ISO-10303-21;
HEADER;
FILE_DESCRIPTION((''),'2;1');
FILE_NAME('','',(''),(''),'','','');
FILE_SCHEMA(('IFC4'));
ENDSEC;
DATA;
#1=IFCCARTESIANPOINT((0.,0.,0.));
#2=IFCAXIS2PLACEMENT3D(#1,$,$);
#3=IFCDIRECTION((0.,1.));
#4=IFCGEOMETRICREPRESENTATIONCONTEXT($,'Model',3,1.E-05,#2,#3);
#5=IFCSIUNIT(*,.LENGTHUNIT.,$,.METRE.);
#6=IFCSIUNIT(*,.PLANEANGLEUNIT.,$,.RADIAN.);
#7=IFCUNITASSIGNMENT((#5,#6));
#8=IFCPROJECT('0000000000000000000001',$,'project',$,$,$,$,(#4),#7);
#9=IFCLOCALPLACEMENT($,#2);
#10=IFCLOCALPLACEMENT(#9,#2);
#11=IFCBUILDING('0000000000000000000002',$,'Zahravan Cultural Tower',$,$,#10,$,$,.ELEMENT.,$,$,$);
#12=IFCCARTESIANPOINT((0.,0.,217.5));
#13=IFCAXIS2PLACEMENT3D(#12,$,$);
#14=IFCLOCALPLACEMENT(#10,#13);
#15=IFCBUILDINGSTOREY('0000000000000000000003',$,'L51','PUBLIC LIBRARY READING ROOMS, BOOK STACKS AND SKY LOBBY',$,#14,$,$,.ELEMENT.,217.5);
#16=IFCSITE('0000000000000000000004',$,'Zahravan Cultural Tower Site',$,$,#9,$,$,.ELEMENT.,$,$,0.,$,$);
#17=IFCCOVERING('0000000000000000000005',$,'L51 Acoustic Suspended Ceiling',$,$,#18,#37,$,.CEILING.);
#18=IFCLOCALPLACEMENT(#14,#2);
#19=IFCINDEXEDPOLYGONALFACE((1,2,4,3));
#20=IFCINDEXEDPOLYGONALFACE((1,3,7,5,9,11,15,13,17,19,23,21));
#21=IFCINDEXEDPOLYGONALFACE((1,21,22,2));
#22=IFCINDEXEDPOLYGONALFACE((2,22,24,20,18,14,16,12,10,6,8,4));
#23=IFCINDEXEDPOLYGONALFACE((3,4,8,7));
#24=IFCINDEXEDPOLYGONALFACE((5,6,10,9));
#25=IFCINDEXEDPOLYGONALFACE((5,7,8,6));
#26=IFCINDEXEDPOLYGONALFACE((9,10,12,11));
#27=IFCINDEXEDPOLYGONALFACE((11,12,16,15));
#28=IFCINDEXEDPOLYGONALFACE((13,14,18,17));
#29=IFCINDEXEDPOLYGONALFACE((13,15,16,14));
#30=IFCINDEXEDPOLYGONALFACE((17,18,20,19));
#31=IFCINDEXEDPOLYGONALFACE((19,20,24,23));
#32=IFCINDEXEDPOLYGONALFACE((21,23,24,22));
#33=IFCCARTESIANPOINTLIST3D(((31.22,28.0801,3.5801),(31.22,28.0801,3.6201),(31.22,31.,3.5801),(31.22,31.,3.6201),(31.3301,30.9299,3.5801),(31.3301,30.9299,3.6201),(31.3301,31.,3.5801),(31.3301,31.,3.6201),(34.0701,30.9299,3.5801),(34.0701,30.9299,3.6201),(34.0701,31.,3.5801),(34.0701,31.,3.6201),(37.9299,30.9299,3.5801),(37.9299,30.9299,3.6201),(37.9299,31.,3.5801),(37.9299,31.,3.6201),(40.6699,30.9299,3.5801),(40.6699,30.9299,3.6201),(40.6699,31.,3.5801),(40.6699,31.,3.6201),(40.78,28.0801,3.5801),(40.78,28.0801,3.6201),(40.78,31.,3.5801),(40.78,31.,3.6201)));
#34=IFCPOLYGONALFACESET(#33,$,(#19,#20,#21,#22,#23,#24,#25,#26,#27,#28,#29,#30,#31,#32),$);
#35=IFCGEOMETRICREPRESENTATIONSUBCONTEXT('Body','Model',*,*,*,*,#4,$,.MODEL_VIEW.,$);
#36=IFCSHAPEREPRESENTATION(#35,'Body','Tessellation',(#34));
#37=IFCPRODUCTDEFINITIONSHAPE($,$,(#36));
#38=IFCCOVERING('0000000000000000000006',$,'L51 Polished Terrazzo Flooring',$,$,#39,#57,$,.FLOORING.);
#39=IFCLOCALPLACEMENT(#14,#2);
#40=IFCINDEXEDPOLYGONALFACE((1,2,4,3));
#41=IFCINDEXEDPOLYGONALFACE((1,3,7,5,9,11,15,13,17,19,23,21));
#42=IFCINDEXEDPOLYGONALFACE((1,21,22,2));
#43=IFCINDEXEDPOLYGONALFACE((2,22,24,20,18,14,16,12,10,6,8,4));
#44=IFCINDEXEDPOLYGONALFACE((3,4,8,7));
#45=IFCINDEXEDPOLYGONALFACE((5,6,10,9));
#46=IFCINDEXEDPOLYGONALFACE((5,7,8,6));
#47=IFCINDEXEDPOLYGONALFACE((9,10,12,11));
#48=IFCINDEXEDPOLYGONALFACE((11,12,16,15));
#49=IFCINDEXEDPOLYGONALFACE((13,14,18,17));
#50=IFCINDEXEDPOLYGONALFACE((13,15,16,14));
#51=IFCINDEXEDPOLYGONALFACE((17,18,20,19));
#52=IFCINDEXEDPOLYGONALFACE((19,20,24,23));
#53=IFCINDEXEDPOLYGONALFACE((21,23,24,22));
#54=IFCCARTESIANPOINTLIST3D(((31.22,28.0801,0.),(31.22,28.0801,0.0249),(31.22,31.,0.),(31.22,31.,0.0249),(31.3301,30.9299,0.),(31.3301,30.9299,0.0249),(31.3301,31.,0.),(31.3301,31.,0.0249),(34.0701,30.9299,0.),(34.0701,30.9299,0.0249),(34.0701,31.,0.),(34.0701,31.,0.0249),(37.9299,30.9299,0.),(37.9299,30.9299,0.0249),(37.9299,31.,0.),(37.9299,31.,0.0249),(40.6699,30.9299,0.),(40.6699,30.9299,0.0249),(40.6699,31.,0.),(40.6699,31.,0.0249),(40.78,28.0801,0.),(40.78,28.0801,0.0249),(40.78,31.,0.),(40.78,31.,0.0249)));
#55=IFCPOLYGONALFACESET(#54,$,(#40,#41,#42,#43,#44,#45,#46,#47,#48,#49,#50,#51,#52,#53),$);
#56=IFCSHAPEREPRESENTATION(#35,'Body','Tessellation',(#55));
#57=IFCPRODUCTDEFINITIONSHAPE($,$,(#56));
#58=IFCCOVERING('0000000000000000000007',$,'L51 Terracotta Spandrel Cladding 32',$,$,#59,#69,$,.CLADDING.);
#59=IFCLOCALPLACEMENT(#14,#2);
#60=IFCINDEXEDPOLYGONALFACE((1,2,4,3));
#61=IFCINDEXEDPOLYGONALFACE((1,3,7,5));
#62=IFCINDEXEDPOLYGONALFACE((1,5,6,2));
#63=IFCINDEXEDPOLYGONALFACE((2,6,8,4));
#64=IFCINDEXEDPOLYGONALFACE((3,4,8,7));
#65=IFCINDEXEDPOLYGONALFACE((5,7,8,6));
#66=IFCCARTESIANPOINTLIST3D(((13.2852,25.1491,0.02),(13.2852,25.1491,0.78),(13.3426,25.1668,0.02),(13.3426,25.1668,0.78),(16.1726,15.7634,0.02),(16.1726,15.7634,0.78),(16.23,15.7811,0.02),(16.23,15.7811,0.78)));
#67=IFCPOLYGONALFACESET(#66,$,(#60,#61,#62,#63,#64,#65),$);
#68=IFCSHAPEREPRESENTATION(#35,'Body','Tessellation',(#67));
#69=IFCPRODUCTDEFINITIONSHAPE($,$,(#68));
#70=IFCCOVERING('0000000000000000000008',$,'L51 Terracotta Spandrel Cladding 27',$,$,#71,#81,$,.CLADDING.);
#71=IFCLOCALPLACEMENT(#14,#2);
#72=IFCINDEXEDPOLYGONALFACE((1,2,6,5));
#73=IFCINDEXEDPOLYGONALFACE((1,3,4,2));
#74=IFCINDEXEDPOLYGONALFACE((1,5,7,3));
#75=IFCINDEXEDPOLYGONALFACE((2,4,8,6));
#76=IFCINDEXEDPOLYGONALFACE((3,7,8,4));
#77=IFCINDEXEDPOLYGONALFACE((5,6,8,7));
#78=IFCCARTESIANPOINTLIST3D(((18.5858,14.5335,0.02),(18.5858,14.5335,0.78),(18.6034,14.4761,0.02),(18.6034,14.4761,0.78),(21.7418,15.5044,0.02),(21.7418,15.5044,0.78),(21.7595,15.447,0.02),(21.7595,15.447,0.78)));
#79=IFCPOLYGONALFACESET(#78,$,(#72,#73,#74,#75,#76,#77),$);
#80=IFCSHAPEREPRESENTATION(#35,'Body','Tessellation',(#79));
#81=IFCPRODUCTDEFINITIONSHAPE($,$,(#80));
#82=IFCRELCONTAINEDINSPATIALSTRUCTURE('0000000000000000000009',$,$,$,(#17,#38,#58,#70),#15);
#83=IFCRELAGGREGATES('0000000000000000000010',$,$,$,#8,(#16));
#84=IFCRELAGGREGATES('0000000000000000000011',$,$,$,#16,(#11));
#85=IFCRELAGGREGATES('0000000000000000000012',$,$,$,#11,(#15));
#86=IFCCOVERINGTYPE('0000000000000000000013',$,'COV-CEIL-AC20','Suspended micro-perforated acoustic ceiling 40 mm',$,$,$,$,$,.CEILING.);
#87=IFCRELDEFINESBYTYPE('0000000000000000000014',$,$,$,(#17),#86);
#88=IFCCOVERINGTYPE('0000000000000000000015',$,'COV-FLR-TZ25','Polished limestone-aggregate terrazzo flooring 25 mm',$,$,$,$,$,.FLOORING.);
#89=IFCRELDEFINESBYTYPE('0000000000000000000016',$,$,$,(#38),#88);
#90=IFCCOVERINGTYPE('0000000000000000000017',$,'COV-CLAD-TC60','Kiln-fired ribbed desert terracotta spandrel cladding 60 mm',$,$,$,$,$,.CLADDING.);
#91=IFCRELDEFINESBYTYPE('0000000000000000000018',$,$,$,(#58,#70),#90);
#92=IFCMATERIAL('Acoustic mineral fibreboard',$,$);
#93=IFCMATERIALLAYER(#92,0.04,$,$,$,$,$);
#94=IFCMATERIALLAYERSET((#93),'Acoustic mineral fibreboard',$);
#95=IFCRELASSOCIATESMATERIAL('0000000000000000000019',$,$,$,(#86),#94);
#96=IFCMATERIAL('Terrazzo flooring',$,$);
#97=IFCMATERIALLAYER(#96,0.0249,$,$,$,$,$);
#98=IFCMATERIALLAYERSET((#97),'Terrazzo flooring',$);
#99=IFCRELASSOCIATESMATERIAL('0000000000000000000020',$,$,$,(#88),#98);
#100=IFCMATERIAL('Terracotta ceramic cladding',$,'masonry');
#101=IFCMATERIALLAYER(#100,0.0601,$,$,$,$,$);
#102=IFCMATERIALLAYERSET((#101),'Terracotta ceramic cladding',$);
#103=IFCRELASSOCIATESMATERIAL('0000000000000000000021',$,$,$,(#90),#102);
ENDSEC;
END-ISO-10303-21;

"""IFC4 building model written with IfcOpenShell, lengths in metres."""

from ifc_helpers import new_model, si_unit, direction, frame, origin, origin_2d, place, context, subcontext, project, spatial, polyline, rectangle, outline, extrude, source, transform, mapped, material, layer, layer_set, type_object, element, save


model = new_model("IFC4")

# Units and contexts
model_context = context("Model", 3, precision=1e-05, world=origin(), true_north=direction((0.0, 1.0)))
body_context = subcontext(model_context, "Body", "Model", "MODEL_VIEW")
ifc_project = project(units=[si_unit("LENGTHUNIT", "METRE"), si_unit("PLANEANGLEUNIT", "RADIAN")], contexts=[model_context])

# Site, building, storey
site_placement = place(None, origin())
site = spatial("IfcSite", under=ifc_project, at=site_placement, Name="Zahravan Cultural Tower Site", CompositionType="ELEMENT", RefElevation=0.0)
building_placement = place(site_placement, origin())
building = spatial("IfcBuilding", under=site, at=building_placement, Name="Zahravan Cultural Tower", CompositionType="ELEMENT")
storey_placement = place(building_placement, frame((0.0, 0.0, 217.5)))
storey = spatial("IfcBuildingStorey", under=building, at=storey_placement, Name="L51", Description="PUBLIC LIBRARY READING ROOMS, BOOK STACKS AND SKY LOBBY", CompositionType="ELEMENT", Elevation=217.5)

# Coverings
ifc_material_1 = material(Name="Acoustic mineral fibreboard")
ifc_layer_1 = layer(ifc_material_1, 0.04)
ifc_layer_set_1 = layer_set([ifc_layer_1], Name="Acoustic mineral fibreboard")
covering_type_1 = type_object("IfcCoveringType", Name="COV-CEIL-AC20", Description="Suspended micro-perforated acoustic ceiling 40 mm", PredefinedType="CEILING", material=ifc_layer_set_1)
covering_1_placement = place(storey_placement, frame((0.0, 0.0, 3.5801)))
element("IfcCovering", 1, at=covering_1_placement, inside=storey, type_object=covering_type_1, Name="L51 Acoustic Suspended Ceiling", PredefinedType="CEILING", context=body_context, shape_type="SweptSolid", body=[
    extrude(outline(polyline([(31.22, 31.0), (31.22, 28.0801), (40.78, 28.0801), (40.78, 31.0), (40.6699, 31.0), (40.6699, 30.9299), (37.9299, 30.9299), (37.9299, 31.0), (34.0701, 31.0), (34.0701, 30.9299), (31.3301, 30.9299), (31.3301, 31.0), (31.22, 31.0)])), origin(), (0.0, 0.0, 1.0), 0.04),
])
ifc_material_2 = material(Name="Terrazzo flooring")
ifc_layer_2 = layer(ifc_material_2, 0.0249)
ifc_layer_set_2 = layer_set([ifc_layer_2], Name="Terrazzo flooring")
covering_type_2 = type_object("IfcCoveringType", Name="COV-FLR-TZ25", Description="Polished limestone-aggregate terrazzo flooring 25 mm", PredefinedType="FLOORING", material=ifc_layer_set_2)
covering_2_placement = place(storey_placement, origin())
element("IfcCovering", 2, at=covering_2_placement, inside=storey, type_object=covering_type_2, Name="L51 Polished Terrazzo Flooring", PredefinedType="FLOORING", context=body_context, shape_type="SweptSolid", body=[
    extrude(outline(polyline([(31.22, 31.0), (31.22, 28.0801), (40.78, 28.0801), (40.78, 31.0), (40.6699, 31.0), (40.6699, 30.9299), (37.9299, 30.9299), (37.9299, 31.0), (34.0701, 31.0), (34.0701, 30.9299), (31.3301, 30.9299), (31.3301, 31.0), (31.22, 31.0)])), origin(), (0.0, 0.0, 1.0), 0.0249),
])
ifc_material_3 = material(Name="Terracotta ceramic cladding", Category="masonry")
ifc_layer_3 = layer(ifc_material_3, 0.0601)
ifc_layer_set_3 = layer_set([ifc_layer_3], Name="Terracotta ceramic cladding")
covering_type_3 = type_object("IfcCoveringType", Name="COV-CLAD-TC60", Description="Kiln-fired ribbed desert terracotta spandrel cladding 60 mm", PredefinedType="CLADDING", material=ifc_layer_set_3)
shared_shape_1 = source(origin(), body_context, "Body", "SweptSolid", [
    extrude(rectangle(XDim=9.8198, YDim=0.0601, at=origin_2d()), origin(), (0.0, 0.0, 1.0), 0.76),
])
covering_3_placement = place(storey_placement, frame((14.7576, 20.4651, 0.02), z_axis=(0.0, 0.0, 1.0), x_axis=(-0.29404, 0.955793, 0.0)))
element("IfcCovering", 3, at=covering_3_placement, inside=storey, type_object=covering_type_3, Name="L51 Terracotta Spandrel Cladding 32", PredefinedType="CLADDING", context=body_context, shape_type="MappedRepresentation", body=[
    mapped(shared_shape_1, transform((0.0, 0.0, 0.0), x_axis=(1.0, 0.0, 0.0), y_axis=(0.0, 1.0, 0.0), z_axis=(0.0, 0.0, 1.0), scale=1.0)),
])
shared_shape_2 = source(origin(), body_context, "Body", "SweptSolid", [
    extrude(rectangle(XDim=3.302, YDim=0.0601, at=origin_2d()), origin(), (0.0, 0.0, 1.0), 0.76),
])
covering_4_placement = place(storey_placement, frame((20.1726, 14.9902, 0.02), z_axis=(0.0, 0.0, 1.0), x_axis=(-0.955793, -0.29404, 0.0)))
element("IfcCovering", 4, at=covering_4_placement, inside=storey, type_object=covering_type_3, Name="L51 Terracotta Spandrel Cladding 27", PredefinedType="CLADDING", context=body_context, shape_type="MappedRepresentation", body=[
    mapped(shared_shape_2, transform((0.0, 0.0, 0.0), x_axis=(1.0, 0.0, 0.0), y_axis=(0.0, 1.0, 0.0), z_axis=(0.0, 0.0, 1.0), scale=1.0)),
])

save(model, "model.ifc")
